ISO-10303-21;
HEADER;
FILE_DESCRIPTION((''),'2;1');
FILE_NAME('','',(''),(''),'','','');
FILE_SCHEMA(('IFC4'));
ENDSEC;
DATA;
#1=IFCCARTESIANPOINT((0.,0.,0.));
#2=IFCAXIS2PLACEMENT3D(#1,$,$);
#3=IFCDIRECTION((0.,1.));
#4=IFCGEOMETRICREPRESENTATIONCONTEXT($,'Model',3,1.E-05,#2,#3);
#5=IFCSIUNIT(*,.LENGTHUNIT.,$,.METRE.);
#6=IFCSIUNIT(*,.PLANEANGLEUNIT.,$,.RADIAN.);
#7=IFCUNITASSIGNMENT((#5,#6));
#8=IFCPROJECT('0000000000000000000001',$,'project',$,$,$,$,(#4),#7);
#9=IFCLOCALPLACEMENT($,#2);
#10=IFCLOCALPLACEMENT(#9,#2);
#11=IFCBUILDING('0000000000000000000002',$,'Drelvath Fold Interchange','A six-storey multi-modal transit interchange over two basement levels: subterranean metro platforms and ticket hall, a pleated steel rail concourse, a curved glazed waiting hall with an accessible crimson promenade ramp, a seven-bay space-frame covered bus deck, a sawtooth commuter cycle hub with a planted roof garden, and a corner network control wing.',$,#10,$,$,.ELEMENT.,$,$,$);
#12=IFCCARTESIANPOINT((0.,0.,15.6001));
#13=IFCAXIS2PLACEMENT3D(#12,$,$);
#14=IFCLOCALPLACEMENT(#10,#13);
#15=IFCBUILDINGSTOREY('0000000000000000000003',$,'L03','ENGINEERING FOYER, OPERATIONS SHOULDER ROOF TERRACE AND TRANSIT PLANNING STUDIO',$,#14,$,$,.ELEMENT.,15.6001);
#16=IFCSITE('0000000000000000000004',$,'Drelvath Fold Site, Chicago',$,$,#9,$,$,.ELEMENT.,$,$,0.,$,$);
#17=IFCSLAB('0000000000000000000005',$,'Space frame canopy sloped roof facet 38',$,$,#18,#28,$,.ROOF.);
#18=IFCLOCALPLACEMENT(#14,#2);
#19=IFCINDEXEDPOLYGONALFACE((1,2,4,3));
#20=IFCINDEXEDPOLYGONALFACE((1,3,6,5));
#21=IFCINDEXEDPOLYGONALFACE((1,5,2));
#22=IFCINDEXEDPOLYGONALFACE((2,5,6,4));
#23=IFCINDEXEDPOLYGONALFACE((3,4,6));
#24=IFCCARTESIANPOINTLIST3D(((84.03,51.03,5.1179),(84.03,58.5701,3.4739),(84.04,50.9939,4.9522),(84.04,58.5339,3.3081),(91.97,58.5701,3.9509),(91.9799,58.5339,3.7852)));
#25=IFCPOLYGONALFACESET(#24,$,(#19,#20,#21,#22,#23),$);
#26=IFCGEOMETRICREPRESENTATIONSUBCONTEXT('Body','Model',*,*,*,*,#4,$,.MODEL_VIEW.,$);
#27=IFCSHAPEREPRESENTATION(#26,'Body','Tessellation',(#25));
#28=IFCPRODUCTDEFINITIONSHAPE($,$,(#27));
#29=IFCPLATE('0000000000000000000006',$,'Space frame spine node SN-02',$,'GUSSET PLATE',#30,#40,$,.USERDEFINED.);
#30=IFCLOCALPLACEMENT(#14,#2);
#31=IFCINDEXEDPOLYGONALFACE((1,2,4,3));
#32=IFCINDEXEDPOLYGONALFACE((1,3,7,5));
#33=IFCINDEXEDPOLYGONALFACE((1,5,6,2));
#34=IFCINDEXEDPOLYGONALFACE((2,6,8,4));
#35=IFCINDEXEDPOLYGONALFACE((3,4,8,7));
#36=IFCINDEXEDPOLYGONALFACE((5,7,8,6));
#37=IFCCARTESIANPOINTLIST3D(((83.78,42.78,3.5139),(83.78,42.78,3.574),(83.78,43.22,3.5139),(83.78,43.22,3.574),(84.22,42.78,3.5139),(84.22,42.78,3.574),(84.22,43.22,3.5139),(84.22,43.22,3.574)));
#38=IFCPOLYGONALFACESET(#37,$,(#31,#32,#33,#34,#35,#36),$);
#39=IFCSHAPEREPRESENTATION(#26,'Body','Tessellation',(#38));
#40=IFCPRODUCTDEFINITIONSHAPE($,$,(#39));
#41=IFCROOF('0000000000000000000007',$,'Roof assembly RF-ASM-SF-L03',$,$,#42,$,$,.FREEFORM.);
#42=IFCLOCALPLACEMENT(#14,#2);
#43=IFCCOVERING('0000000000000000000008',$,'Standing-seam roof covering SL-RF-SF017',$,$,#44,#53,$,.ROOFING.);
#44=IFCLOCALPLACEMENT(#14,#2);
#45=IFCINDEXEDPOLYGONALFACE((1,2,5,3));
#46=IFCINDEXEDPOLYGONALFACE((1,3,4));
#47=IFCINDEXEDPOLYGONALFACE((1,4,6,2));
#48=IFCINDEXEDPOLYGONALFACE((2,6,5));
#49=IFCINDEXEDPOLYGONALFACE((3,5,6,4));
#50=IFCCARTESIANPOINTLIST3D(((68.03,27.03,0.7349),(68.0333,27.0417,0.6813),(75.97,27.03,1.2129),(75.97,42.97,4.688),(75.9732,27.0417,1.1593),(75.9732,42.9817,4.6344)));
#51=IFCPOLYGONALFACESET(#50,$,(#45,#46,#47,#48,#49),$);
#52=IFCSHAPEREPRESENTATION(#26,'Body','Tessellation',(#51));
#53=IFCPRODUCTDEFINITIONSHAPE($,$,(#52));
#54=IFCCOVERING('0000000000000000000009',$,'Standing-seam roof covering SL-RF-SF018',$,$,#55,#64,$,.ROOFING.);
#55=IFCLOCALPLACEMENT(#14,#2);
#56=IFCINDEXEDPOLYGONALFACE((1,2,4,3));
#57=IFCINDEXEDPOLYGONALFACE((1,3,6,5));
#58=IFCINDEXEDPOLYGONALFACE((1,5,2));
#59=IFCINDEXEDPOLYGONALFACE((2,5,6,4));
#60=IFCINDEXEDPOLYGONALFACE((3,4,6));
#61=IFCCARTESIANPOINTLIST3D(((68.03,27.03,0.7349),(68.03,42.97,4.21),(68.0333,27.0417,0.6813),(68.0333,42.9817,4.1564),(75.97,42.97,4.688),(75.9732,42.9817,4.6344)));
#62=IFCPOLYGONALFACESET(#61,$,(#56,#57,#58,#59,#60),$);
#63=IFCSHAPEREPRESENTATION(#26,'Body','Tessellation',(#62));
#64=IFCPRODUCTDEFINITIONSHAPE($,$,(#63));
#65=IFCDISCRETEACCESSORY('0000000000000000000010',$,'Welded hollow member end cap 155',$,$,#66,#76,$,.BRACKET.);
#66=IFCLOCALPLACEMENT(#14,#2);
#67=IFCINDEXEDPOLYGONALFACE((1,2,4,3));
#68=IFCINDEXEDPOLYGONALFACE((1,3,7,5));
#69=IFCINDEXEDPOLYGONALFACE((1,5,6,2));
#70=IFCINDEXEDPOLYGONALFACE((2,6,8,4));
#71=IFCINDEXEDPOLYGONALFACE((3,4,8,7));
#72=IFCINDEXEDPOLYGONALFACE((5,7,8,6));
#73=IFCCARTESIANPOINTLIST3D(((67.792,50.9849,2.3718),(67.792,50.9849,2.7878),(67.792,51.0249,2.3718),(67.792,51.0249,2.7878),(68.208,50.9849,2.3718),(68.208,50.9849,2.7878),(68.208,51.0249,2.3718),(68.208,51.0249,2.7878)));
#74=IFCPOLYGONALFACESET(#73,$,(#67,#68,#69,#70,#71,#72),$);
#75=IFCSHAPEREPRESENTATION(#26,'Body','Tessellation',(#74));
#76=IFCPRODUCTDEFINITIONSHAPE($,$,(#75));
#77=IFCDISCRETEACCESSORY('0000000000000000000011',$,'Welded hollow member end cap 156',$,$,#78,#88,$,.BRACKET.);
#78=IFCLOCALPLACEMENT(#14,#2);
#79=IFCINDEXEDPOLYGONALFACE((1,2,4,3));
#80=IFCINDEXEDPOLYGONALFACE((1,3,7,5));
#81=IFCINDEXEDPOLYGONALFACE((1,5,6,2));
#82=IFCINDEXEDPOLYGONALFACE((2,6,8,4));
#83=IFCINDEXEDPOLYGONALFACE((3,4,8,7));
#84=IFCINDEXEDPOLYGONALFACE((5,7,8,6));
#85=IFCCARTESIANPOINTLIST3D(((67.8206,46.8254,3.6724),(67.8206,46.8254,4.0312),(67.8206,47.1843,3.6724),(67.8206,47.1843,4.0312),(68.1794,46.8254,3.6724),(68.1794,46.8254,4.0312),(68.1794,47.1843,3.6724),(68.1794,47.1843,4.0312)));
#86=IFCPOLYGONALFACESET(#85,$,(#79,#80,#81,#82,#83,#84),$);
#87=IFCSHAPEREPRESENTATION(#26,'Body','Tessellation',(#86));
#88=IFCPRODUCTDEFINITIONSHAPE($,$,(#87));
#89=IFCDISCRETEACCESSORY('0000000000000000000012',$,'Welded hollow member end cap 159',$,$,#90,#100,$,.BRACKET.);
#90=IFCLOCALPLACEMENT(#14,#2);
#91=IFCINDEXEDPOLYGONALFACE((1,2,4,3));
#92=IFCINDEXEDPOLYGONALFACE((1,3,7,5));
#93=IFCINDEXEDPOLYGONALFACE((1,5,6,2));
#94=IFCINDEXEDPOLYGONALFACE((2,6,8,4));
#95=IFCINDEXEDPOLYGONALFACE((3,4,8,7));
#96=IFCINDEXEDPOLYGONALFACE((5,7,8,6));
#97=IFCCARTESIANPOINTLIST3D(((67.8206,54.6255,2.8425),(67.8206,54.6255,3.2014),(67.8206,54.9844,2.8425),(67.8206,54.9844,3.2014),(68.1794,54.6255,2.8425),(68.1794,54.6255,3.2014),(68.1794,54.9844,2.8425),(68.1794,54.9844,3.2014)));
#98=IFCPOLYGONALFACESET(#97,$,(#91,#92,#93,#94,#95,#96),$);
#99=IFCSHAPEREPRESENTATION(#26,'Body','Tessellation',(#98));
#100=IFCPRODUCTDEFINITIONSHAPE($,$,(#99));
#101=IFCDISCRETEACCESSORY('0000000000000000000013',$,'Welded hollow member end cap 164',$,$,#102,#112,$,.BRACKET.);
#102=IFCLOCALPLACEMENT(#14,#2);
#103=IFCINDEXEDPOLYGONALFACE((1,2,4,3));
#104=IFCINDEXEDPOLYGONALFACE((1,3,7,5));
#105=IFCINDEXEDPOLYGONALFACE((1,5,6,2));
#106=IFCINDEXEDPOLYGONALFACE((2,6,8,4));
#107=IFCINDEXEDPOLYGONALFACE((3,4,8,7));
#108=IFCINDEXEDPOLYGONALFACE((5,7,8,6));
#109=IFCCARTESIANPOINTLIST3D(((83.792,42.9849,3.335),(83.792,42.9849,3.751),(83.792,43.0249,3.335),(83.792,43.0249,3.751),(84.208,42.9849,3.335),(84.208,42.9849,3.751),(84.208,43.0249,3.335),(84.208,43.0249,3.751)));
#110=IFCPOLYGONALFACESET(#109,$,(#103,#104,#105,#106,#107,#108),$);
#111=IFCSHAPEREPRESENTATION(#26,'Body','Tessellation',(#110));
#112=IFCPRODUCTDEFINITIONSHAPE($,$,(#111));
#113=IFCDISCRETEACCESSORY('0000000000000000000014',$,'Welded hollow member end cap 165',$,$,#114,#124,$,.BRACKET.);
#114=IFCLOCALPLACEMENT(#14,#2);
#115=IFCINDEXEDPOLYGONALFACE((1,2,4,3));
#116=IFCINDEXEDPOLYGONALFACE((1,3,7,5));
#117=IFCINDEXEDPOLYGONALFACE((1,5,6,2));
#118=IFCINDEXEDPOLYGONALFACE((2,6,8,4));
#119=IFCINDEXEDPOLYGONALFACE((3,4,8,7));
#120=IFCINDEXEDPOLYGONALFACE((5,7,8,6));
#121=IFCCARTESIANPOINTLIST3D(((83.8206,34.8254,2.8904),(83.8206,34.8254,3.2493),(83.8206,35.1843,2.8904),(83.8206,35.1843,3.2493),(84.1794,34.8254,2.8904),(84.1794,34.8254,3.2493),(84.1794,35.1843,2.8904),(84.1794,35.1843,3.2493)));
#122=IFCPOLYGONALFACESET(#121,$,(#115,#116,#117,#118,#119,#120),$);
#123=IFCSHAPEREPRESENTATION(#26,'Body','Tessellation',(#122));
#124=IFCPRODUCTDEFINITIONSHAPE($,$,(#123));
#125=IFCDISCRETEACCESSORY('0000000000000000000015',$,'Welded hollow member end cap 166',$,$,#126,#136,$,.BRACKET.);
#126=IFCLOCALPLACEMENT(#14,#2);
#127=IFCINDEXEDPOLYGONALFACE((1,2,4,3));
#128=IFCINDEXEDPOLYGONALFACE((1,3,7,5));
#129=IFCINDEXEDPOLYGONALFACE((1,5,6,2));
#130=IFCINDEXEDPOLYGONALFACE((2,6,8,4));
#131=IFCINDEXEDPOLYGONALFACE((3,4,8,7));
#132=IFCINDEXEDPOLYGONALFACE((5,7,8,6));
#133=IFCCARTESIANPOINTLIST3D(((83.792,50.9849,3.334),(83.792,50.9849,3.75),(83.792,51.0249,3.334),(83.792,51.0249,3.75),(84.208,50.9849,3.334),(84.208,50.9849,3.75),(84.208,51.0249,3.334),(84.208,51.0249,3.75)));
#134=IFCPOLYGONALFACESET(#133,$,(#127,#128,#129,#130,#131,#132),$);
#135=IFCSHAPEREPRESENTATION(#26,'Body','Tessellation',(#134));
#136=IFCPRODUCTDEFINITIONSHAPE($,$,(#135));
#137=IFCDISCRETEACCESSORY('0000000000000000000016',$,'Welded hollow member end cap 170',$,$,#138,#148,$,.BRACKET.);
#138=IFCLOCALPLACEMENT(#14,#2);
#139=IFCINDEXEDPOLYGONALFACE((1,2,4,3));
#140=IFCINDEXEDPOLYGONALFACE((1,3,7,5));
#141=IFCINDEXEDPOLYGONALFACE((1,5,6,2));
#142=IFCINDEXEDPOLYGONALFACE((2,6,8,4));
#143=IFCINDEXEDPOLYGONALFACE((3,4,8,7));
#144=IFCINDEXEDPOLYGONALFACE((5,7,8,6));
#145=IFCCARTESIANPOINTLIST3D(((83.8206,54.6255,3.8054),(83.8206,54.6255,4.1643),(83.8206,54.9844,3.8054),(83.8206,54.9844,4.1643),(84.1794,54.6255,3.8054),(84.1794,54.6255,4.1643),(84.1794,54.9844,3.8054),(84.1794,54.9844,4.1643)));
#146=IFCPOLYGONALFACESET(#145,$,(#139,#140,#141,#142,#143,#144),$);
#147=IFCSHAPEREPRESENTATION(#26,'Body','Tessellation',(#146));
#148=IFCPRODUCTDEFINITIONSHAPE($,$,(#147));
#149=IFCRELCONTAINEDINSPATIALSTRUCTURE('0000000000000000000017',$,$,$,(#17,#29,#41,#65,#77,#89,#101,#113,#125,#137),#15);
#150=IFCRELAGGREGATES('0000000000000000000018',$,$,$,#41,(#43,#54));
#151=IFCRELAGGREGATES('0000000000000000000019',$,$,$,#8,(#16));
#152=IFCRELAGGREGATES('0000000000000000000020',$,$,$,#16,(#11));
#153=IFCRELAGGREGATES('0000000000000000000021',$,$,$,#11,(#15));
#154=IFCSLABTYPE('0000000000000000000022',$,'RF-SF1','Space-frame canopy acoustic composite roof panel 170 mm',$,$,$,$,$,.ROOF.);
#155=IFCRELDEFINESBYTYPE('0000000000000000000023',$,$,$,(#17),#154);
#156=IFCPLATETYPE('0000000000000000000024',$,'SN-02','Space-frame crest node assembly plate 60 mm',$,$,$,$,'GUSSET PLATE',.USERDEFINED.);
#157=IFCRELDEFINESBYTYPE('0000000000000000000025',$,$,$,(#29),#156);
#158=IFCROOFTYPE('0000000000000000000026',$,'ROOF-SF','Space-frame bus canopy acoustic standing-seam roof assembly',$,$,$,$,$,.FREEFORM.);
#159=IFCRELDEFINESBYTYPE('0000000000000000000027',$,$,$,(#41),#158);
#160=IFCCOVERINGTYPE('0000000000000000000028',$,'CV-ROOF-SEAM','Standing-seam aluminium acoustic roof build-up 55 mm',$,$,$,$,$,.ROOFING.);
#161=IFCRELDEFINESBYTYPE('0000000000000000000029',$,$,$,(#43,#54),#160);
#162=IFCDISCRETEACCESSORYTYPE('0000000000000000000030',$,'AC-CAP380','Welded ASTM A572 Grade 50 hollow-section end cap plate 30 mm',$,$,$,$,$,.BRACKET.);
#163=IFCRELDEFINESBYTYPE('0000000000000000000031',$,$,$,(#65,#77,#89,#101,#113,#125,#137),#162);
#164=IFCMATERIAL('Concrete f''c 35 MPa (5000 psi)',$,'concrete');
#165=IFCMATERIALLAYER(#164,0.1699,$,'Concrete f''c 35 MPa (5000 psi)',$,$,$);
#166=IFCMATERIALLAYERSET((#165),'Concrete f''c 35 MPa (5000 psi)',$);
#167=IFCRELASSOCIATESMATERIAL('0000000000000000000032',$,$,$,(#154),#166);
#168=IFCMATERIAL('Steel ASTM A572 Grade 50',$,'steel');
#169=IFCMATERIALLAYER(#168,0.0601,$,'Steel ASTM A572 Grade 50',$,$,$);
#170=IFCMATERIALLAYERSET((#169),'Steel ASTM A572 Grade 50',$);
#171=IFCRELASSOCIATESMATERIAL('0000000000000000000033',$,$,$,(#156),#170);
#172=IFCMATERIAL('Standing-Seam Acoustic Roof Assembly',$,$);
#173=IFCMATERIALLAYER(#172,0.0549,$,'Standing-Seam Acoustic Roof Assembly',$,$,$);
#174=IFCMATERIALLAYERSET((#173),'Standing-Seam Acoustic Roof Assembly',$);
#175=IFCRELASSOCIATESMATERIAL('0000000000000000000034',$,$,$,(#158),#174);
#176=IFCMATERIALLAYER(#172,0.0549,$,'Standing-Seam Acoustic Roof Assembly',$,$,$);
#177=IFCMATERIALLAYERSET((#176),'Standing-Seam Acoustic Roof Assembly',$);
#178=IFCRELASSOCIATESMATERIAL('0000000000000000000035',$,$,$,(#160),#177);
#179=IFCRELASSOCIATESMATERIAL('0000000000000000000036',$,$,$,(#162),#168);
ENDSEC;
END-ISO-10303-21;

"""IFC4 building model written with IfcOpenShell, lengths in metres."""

from ifc_helpers import new_model, si_unit, direction, frame, origin, origin_2d, place, context, subcontext, project, spatial, polyline, rectangle, outline, extrude, material, layer, layer_set, type_object, element, aggregate, save


model = new_model("IFC4")

# Units and contexts
model_context = context("Model", 3, precision=1e-05, world=origin(), true_north=direction((0.0, 1.0)))
body_context = subcontext(model_context, "Body", "Model", "MODEL_VIEW")
ifc_project = project(units=[si_unit("LENGTHUNIT", "METRE"), si_unit("PLANEANGLEUNIT", "RADIAN")], contexts=[model_context])

# Site, building, storey
site_placement = place(None, origin())
site = spatial("IfcSite", under=ifc_project, at=site_placement, Name="Drelvath Fold Site, Chicago", CompositionType="ELEMENT", RefElevation=0.0)
building_placement = place(site_placement, origin())
building = spatial("IfcBuilding", under=site, at=building_placement, Name="Drelvath Fold Interchange", Description="A six-storey multi-modal transit interchange over two basement levels: subterranean metro platforms and ticket hall, a pleated steel rail concourse, a curved glazed waiting hall with an accessible crimson promenade ramp, a seven-bay space-frame covered bus deck, a sawtooth commuter cycle hub with a planted roof garden, and a corner network control wing.", CompositionType="ELEMENT")
storey_placement = place(building_placement, frame((0.0, 0.0, 15.6001)))
storey = spatial("IfcBuildingStorey", under=building, at=storey_placement, Name="L03", Description="ENGINEERING FOYER, OPERATIONS SHOULDER ROOF TERRACE AND TRANSIT PLANNING STUDIO", CompositionType="ELEMENT", Elevation=15.6001)

# Slab
ifc_material_1 = material(Name="Concrete f'c 35 MPa (5000 psi)", Category="concrete")
ifc_layer_1 = layer(ifc_material_1, 0.1699, Name="Concrete f'c 35 MPa (5000 psi)")
ifc_layer_set_1 = layer_set([ifc_layer_1], Name="Concrete f'c 35 MPa (5000 psi)")
slab_type = type_object("IfcSlabType", Name="RF-SF1", Description="Space-frame canopy acoustic composite roof panel 170 mm", PredefinedType="ROOF", material=ifc_layer_set_1)
slab_1_placement = place(storey_placement, frame((84.03, 51.03, 5.1179), z_axis=(-0.058602, 0.21267, 0.975365), x_axis=(0.721048, 0.684732, -0.105978)))
element("IfcSlab", 1, at=slab_1_placement, inside=storey, type_object=slab_type, Name="Space frame canopy sloped roof facet 38", PredefinedType="ROOF", context=body_context, shape_type="SweptSolid", body=[
    extrude(outline(polyline([(0.0, 0.0), (11.0117, 0.0), (5.3371, 5.574), (0.0, 0.0)])), origin(), (0.0, 0.0, -1.0), 0.1699),
])

# Plate
ifc_material_2 = material(Name="Steel ASTM A572 Grade 50", Category="steel")
ifc_layer_2 = layer(ifc_material_2, 0.0601, Name="Steel ASTM A572 Grade 50")
ifc_layer_set_2 = layer_set([ifc_layer_2], Name="Steel ASTM A572 Grade 50")
plate_type = type_object("IfcPlateType", Name="SN-02", Description="Space-frame crest node assembly plate 60 mm", ElementType="GUSSET PLATE", PredefinedType="USERDEFINED", material=ifc_layer_set_2)
plate_placement = place(storey_placement, frame((84.0, 43.0, 3.5139), z_axis=(0.0, 0.0, 1.0), x_axis=(1.0, 0.0, 0.0)))
element("IfcPlate", 2, at=plate_placement, inside=storey, type_object=plate_type, Name="Space frame spine node SN-02", ObjectType="GUSSET PLATE", PredefinedType="USERDEFINED", context=body_context, shape_type="SweptSolid", body=[
    extrude(rectangle(XDim=0.4399, YDim=0.4399, at=origin_2d()), origin(), (0.0, 0.0, 1.0), 0.0601),
])

# Roof, coverings
ifc_material_3 = material(Name="Standing-Seam Acoustic Roof Assembly")
ifc_layer_3 = layer(ifc_material_3, 0.0549, Name="Standing-Seam Acoustic Roof Assembly")
ifc_layer_set_3 = layer_set([ifc_layer_3], Name="Standing-Seam Acoustic Roof Assembly")
roof_type = type_object("IfcRoofType", Name="ROOF-SF", Description="Space-frame bus canopy acoustic standing-seam roof assembly", PredefinedType="FREEFORM", material=ifc_layer_set_3)
roof_placement = place(storey_placement, origin())
roof = element("IfcRoof", 3, at=roof_placement, inside=storey, type_object=roof_type, Name="Roof assembly RF-ASM-SF-L03", PredefinedType="FREEFORM")
ifc_layer_4 = layer(ifc_material_3, 0.0549, Name="Standing-Seam Acoustic Roof Assembly")
ifc_layer_set_4 = layer_set([ifc_layer_4], Name="Standing-Seam Acoustic Roof Assembly")
covering_type = type_object("IfcCoveringType", Name="CV-ROOF-SEAM", Description="Standing-seam aluminium acoustic roof build-up 55 mm", PredefinedType="ROOFING", material=ifc_layer_set_4)
covering_1_placement = place(storey_placement, frame((68.03, 27.03, 0.7349), z_axis=(-0.058722, -0.212641, 0.975364), x_axis=(0.998193, 0.0, 0.060097)))
covering_1 = element("IfcCovering", 4, at=covering_1_placement, type_object=covering_type, Name="Standing-seam roof covering SL-RF-SF017", PredefinedType="ROOFING", context=body_context, shape_type="SweptSolid", body=[
    extrude(outline(polyline([(0.0, 0.0), (7.9543, 0.0), (8.1632, 16.313), (0.0, 0.0)])), origin(), (0.0, 0.0, -1.0), 0.0549),
])
covering_2_placement = place(storey_placement, frame((68.03, 27.03, 0.7349), z_axis=(-0.058722, -0.212641, 0.975364), x_axis=(0.435268, 0.873829, 0.216711)))
covering_2 = element("IfcCovering", 5, at=covering_2_placement, type_object=covering_type, Name="Standing-seam roof covering SL-RF-SF018", PredefinedType="ROOFING", context=body_context, shape_type="SweptSolid", body=[
    extrude(outline(polyline([(0.0, 0.0), (18.2415, 0.0), (14.6819, 7.1134), (0.0, 0.0)])), origin(), (0.0, 0.0, -1.0), 0.0549),
])
aggregate(roof, [covering_1, covering_2])

# Discrete accessories
discrete_accessory_type = type_object("IfcDiscreteAccessoryType", Name="AC-CAP380", Description="Welded ASTM A572 Grade 50 hollow-section end cap plate 30 mm", PredefinedType="BRACKET", material=ifc_material_2)
discrete_accessory_1_placement = place(storey_placement, frame((68.0, 51.0049, 2.3718), z_axis=(0.0, 0.0, 1.0), x_axis=(1.0, 0.0, 0.0)))
element("IfcDiscreteAccessory", 6, at=discrete_accessory_1_placement, inside=storey, type_object=discrete_accessory_type, Name="Welded hollow member end cap 155", PredefinedType="BRACKET", context=body_context, shape_type="SweptSolid", body=[
    extrude(rectangle(XDim=0.416, YDim=0.04, at=origin_2d()), origin(), (0.0, 0.0, 1.0), 0.416),
])
for number, where, z_axis, x_axis, name in (
    (7, (68.0, 47.0049, 3.6724), (0.0, 0.0, 1.0), (1.0, 0.0, 0.0), "Welded hollow member end cap 156"),
    (8, (68.0, 54.8049, 2.8425), (0.0, 0.0, 1.0), (1.0, 0.0, 0.0), "Welded hollow member end cap 159"),
):
    element("IfcDiscreteAccessory", number, at=place(storey_placement, frame(where, z_axis=z_axis, x_axis=x_axis)), inside=storey, type_object=discrete_accessory_type, Name=name, PredefinedType="BRACKET", context=body_context, shape_type="SweptSolid", body=[
        extrude(rectangle(XDim=0.3589, YDim=0.3589, at=origin_2d()), origin(), (0.0, 0.0, 1.0), 0.3589),
    ])
discrete_accessory_2_placement = place(storey_placement, frame((84.0, 43.0049, 3.335), z_axis=(0.0, 0.0, 1.0), x_axis=(1.0, 0.0, 0.0)))
element("IfcDiscreteAccessory", 9, at=discrete_accessory_2_placement, inside=storey, type_object=discrete_accessory_type, Name="Welded hollow member end cap 164", PredefinedType="BRACKET", context=body_context, shape_type="SweptSolid", body=[
    extrude(rectangle(XDim=0.416, YDim=0.04, at=origin_2d()), origin(), (0.0, 0.0, 1.0), 0.416),
])
discrete_accessory_3_placement = place(storey_placement, frame((84.0, 35.0049, 2.8904), z_axis=(0.0, 0.0, 1.0), x_axis=(1.0, 0.0, 0.0)))
element("IfcDiscreteAccessory", 10, at=discrete_accessory_3_placement, inside=storey, type_object=discrete_accessory_type, Name="Welded hollow member end cap 165", PredefinedType="BRACKET", context=body_context, shape_type="SweptSolid", body=[
    extrude(rectangle(XDim=0.3589, YDim=0.3589, at=origin_2d()), origin(), (0.0, 0.0, 1.0), 0.3589),
])
discrete_accessory_4_placement = place(storey_placement, frame((84.0, 51.0049, 3.334), z_axis=(0.0, 0.0, 1.0), x_axis=(1.0, 0.0, 0.0)))
element("IfcDiscreteAccessory", 11, at=discrete_accessory_4_placement, inside=storey, type_object=discrete_accessory_type, Name="Welded hollow member end cap 166", PredefinedType="BRACKET", context=body_context, shape_type="SweptSolid", body=[
    extrude(rectangle(XDim=0.416, YDim=0.04, at=origin_2d()), origin(), (0.0, 0.0, 1.0), 0.416),
])
discrete_accessory_5_placement = place(storey_placement, frame((84.0, 54.8049, 3.8054), z_axis=(0.0, 0.0, 1.0), x_axis=(1.0, 0.0, 0.0)))
element("IfcDiscreteAccessory", 12, at=discrete_accessory_5_placement, inside=storey, type_object=discrete_accessory_type, Name="Welded hollow member end cap 170", PredefinedType="BRACKET", context=body_context, shape_type="SweptSolid", body=[
    extrude(rectangle(XDim=0.3589, YDim=0.3589, at=origin_2d()), origin(), (0.0, 0.0, 1.0), 0.3589),
])

save(model, "model.ifc")
